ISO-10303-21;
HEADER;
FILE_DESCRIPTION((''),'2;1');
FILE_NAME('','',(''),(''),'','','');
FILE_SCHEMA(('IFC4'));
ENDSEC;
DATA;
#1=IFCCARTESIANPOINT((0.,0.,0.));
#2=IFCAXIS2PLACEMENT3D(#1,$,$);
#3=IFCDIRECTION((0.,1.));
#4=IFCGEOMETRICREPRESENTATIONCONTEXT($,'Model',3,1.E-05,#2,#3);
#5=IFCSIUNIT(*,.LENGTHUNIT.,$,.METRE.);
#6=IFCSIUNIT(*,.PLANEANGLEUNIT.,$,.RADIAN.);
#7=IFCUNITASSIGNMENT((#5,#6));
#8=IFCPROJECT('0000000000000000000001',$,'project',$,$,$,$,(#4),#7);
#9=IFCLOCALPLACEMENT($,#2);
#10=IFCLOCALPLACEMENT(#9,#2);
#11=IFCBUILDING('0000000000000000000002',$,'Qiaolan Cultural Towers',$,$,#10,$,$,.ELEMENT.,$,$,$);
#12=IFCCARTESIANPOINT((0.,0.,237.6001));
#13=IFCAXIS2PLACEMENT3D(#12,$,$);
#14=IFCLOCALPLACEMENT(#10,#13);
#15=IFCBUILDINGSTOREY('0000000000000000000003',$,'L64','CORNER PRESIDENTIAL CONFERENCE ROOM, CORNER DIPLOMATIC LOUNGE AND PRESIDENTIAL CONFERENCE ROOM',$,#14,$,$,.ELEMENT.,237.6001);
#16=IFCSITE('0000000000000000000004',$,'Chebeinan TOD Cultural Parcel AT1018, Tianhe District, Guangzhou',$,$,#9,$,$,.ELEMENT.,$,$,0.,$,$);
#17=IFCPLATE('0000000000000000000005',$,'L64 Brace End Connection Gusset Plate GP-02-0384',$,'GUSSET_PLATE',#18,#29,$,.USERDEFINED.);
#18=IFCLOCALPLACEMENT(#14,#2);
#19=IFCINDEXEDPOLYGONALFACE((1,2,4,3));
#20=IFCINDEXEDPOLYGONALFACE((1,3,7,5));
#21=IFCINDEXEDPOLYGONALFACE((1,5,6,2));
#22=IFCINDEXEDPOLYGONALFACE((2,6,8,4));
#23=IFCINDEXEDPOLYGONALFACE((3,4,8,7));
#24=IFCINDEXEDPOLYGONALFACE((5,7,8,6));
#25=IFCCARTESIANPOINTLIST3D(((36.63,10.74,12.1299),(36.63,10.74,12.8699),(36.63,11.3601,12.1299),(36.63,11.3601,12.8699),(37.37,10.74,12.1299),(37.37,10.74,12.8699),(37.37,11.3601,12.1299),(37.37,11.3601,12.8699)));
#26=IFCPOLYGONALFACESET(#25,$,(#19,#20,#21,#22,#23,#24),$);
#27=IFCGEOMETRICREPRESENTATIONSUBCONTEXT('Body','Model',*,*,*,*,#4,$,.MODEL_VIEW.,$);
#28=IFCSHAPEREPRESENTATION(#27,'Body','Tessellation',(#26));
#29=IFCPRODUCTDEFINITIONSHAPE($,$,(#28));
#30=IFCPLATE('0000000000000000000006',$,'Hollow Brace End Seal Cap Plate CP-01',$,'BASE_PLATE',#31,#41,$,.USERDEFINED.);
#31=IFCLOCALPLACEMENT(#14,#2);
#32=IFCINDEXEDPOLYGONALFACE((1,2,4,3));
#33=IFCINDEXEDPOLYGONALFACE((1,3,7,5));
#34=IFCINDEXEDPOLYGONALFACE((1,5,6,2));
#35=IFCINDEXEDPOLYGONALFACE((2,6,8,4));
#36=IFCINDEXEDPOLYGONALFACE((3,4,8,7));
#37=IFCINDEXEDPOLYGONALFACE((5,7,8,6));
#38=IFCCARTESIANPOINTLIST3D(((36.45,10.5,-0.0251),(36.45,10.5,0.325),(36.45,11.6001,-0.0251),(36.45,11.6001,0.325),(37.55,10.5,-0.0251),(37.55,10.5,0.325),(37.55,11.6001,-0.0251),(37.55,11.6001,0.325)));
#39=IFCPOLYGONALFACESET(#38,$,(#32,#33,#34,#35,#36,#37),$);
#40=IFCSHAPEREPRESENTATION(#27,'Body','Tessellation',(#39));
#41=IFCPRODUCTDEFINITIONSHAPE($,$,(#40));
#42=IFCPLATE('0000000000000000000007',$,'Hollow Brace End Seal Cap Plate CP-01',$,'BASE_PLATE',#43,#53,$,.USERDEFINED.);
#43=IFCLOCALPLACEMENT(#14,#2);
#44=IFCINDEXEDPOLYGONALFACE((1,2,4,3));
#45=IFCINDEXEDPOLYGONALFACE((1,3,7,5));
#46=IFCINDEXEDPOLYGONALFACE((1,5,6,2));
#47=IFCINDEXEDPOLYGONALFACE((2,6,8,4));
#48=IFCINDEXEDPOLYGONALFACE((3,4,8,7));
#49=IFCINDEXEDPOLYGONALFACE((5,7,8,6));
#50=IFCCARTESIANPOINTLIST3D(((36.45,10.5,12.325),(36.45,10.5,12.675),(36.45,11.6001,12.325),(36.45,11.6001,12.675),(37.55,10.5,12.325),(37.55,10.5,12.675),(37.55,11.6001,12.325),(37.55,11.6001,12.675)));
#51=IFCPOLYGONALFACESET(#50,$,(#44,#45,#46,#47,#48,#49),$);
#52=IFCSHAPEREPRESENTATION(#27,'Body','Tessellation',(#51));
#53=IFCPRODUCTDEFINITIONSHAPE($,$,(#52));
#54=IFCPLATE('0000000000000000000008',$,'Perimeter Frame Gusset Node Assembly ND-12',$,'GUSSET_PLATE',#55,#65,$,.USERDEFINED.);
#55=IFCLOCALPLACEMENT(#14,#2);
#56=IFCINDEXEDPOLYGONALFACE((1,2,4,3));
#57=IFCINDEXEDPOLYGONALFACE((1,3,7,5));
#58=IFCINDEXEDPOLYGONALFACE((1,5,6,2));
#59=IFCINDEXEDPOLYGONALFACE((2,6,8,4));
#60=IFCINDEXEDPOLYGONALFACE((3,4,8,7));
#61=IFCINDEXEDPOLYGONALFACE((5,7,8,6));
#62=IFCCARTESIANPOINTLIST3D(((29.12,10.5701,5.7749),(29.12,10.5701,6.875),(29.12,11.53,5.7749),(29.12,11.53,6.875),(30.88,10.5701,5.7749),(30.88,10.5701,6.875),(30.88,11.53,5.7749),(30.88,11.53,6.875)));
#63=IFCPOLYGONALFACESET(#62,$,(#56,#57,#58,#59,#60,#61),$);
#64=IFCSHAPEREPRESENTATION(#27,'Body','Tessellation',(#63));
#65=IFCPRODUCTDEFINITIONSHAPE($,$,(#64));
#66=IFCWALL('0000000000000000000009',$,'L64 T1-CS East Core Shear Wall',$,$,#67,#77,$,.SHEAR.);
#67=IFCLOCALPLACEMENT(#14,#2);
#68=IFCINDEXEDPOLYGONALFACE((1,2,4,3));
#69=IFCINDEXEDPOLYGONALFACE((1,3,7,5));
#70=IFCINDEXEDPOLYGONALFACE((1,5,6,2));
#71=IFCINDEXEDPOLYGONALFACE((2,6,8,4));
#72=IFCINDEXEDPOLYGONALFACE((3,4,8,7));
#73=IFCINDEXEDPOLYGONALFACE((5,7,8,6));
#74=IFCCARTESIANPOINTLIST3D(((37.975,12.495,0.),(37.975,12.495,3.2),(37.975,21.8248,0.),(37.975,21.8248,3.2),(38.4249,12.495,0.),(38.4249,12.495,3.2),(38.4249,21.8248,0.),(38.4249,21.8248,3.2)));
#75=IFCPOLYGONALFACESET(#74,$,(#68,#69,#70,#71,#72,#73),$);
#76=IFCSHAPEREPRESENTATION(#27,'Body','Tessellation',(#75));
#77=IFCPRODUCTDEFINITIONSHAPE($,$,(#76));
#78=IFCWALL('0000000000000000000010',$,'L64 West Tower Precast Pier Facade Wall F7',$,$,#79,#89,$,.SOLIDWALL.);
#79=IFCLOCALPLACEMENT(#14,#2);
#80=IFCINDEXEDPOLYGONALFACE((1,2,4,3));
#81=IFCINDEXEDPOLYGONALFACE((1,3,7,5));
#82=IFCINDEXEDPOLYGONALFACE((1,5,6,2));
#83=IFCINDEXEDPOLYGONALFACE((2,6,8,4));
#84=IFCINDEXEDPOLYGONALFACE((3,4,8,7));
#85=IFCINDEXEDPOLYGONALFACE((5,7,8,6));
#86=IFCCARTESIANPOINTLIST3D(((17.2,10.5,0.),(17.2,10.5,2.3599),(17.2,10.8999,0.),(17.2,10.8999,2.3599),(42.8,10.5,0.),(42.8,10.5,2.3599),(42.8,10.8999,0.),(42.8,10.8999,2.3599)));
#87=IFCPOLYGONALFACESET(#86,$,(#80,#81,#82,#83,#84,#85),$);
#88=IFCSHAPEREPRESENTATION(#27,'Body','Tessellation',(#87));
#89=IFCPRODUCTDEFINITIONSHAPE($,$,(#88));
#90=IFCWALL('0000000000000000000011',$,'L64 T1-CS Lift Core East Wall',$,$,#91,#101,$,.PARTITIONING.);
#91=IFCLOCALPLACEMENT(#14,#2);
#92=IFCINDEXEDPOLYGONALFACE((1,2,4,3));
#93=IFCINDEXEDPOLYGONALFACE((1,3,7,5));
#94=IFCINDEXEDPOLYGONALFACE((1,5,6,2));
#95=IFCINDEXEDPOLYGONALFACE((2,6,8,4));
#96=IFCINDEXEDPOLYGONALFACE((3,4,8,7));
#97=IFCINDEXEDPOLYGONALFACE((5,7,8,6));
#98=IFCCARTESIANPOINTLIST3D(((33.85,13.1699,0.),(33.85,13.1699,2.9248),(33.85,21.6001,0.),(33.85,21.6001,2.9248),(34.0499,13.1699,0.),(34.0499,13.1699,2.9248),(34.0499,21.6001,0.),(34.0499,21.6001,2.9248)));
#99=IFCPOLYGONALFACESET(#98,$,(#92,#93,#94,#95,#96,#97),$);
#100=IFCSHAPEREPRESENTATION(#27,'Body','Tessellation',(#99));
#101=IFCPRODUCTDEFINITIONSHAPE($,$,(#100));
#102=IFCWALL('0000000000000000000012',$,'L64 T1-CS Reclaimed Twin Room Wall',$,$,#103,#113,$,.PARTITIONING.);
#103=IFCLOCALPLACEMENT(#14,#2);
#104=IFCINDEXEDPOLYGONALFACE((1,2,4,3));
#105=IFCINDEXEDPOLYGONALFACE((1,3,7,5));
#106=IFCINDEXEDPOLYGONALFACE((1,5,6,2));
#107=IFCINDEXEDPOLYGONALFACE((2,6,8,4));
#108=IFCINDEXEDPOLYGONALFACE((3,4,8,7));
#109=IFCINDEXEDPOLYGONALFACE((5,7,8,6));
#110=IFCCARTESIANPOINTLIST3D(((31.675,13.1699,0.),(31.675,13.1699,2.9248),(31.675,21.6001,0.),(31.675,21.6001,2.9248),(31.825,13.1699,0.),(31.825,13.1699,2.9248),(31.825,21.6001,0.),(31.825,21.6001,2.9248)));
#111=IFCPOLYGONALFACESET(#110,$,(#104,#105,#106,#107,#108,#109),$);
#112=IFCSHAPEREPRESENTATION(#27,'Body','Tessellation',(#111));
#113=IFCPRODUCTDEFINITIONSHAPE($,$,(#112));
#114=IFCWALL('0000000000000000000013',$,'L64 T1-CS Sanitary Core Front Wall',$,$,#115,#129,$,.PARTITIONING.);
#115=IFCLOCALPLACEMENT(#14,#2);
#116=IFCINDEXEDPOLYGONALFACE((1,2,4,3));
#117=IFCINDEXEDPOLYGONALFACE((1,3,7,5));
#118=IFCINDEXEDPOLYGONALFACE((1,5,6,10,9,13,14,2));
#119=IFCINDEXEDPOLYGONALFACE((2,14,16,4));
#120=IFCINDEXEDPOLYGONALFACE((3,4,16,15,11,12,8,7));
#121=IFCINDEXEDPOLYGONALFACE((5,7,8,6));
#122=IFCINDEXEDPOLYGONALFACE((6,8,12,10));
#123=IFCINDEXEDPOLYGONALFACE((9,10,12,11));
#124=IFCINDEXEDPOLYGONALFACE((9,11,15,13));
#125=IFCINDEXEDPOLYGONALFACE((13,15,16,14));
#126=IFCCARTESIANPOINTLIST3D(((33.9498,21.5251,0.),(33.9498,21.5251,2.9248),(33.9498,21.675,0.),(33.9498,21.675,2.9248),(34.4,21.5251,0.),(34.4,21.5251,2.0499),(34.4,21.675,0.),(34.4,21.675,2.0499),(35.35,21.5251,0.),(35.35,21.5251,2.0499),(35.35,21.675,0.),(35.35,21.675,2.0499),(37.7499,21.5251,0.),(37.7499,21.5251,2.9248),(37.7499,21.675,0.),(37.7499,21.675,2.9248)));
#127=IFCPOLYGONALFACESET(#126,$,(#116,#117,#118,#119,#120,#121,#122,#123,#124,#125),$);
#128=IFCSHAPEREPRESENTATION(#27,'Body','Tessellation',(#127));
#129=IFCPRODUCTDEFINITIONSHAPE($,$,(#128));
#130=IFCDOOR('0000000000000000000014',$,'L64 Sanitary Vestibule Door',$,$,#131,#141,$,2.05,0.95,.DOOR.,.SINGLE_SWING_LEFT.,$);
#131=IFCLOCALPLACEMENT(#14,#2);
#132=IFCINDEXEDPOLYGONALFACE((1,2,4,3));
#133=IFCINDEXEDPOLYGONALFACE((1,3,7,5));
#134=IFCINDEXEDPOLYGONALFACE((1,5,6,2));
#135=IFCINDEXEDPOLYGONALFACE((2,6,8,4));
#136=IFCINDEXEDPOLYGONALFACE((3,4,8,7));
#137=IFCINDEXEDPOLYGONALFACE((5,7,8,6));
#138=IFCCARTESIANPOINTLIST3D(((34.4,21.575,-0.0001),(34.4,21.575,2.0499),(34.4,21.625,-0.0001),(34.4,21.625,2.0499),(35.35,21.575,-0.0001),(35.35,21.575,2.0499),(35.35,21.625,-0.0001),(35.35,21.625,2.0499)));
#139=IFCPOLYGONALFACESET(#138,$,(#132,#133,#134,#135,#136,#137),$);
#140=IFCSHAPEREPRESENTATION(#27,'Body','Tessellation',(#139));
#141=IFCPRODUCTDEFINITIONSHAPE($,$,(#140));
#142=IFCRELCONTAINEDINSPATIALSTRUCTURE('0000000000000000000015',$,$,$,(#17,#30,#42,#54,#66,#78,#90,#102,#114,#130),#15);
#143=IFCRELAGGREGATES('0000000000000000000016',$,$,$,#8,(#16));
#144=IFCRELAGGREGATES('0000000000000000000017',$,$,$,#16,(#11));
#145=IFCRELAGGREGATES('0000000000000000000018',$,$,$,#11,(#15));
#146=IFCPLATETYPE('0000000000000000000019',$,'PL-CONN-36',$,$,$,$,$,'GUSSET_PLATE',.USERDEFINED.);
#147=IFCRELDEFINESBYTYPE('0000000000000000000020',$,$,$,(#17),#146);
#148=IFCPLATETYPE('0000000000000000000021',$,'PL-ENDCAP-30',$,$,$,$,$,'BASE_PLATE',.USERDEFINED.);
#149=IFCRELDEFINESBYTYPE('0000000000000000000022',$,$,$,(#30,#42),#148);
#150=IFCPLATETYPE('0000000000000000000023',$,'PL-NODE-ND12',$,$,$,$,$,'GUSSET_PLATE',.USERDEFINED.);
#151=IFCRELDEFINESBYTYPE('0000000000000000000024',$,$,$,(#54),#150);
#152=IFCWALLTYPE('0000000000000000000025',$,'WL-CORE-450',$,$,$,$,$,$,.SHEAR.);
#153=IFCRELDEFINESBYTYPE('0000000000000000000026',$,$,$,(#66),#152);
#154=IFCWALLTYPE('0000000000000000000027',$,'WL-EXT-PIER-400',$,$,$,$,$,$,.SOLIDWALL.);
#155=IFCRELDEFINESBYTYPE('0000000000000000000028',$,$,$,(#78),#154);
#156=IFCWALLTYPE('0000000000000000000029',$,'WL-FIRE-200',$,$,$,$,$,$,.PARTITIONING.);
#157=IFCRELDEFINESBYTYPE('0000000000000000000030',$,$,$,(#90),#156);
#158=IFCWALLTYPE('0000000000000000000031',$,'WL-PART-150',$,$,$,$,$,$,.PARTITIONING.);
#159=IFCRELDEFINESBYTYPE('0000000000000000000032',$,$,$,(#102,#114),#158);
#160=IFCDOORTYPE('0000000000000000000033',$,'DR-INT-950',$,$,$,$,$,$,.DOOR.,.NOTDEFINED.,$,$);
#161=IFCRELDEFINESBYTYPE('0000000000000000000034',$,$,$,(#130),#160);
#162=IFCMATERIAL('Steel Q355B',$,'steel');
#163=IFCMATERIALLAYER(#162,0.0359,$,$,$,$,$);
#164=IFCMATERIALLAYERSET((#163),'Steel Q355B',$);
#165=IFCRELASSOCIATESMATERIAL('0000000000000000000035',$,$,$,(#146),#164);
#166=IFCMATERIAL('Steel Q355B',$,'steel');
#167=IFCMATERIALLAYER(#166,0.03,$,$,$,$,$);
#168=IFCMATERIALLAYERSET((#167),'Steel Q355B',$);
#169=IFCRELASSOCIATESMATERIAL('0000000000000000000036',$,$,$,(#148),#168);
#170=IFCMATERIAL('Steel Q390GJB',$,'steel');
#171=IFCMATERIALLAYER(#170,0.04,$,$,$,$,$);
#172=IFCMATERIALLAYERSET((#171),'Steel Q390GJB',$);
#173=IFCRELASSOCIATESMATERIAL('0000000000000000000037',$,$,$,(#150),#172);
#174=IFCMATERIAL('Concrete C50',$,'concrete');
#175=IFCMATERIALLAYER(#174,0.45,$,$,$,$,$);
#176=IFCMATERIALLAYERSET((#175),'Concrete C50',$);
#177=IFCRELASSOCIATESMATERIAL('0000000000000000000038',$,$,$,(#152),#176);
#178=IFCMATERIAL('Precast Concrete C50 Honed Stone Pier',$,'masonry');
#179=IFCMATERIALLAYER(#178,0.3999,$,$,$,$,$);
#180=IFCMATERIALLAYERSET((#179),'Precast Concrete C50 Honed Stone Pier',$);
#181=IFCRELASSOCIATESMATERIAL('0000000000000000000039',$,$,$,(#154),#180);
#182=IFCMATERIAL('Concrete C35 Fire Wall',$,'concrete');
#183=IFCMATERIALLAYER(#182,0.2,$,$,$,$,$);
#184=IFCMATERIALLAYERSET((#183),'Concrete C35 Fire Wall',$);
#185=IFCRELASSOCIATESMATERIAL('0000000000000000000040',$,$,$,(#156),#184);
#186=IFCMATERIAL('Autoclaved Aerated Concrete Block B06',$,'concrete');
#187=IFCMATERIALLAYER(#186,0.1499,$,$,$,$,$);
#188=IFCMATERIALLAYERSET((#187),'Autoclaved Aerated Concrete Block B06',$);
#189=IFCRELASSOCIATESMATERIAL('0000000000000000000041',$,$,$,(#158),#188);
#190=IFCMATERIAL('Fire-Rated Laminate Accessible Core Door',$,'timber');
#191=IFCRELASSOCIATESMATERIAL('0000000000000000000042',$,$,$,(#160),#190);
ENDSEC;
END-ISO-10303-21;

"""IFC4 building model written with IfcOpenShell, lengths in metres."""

from ifc_helpers import new_model, si_unit, direction, frame, frame_2d, origin, origin_2d, place, context, subcontext, project, spatial, rectangle, extrude, material, layer, layer_set, type_object, element, fill, save


model = new_model("IFC4")

# Units and contexts
model_context = context("Model", 3, precision=1e-05, world=origin(), true_north=direction((0.0, 1.0)))
body_context = subcontext(model_context, "Body", "Model", "MODEL_VIEW")
ifc_project = project(units=[si_unit("LENGTHUNIT", "METRE"), si_unit("PLANEANGLEUNIT", "RADIAN")], contexts=[model_context])

# Site, building, storey
site_placement = place(None, origin())
site = spatial("IfcSite", under=ifc_project, at=site_placement, Name="Chebeinan TOD Cultural Parcel AT1018, Tianhe District, Guangzhou", CompositionType="ELEMENT", RefElevation=0.0)
building_placement = place(site_placement, origin())
building = spatial("IfcBuilding", under=site, at=building_placement, Name="Qiaolan Cultural Towers", CompositionType="ELEMENT")
storey_placement = place(building_placement, frame((0.0, 0.0, 237.6001)))
storey = spatial("IfcBuildingStorey", under=building, at=storey_placement, Name="L64", Description="CORNER PRESIDENTIAL CONFERENCE ROOM, CORNER DIPLOMATIC LOUNGE AND PRESIDENTIAL CONFERENCE ROOM", CompositionType="ELEMENT", Elevation=237.6001)

# Plates
ifc_material_1 = material(Name="Steel Q355B", Category="steel")
ifc_layer_1 = layer(ifc_material_1, 0.0359)
ifc_layer_set_1 = layer_set([ifc_layer_1], Name="Steel Q355B")
plate_type_1 = type_object("IfcPlateType", Name="PL-CONN-36", ElementType="GUSSET_PLATE", PredefinedType="USERDEFINED", material=ifc_layer_set_1)
plate_1_placement = place(storey_placement, frame((37.0, 11.05, 12.1299), z_axis=(0.0, 0.0, 1.0), x_axis=(1.0, 0.0, 0.0)))
element("IfcPlate", 1, at=plate_1_placement, inside=storey, type_object=plate_type_1, Name="L64 Brace End Connection Gusset Plate GP-02-0384", ObjectType="GUSSET_PLATE", PredefinedType="USERDEFINED", context=body_context, shape_type="SweptSolid", body=[
    extrude(rectangle(XDim=0.74, YDim=0.6201, at=origin_2d()), origin(), (0.0, 0.0, 1.0), 0.74),
])
ifc_material_2 = material(Name="Steel Q355B", Category="steel")
ifc_layer_2 = layer(ifc_material_2, 0.03)
ifc_layer_set_2 = layer_set([ifc_layer_2], Name="Steel Q355B")
plate_type_2 = type_object("IfcPlateType", Name="PL-ENDCAP-30", ElementType="BASE_PLATE", PredefinedType="USERDEFINED", material=ifc_layer_set_2)
for number, where, z_axis, x_axis, name in (
    (2, (37.0, 11.05, -0.0251), (0.0, 0.0, 1.0), (1.0, 0.0, 0.0), "Hollow Brace End Seal Cap Plate CP-01"),
    (3, (37.0, 11.05, 12.325), (0.0, 0.0, 1.0), (1.0, 0.0, 0.0), "Hollow Brace End Seal Cap Plate CP-01"),
):
    element("IfcPlate", number, at=place(storey_placement, frame(where, z_axis=z_axis, x_axis=x_axis)), inside=storey, type_object=plate_type_2, Name=name, ObjectType="BASE_PLATE", PredefinedType="USERDEFINED", context=body_context, shape_type="SweptSolid", body=[
        extrude(rectangle(XDim=1.1001, YDim=1.1001, at=origin_2d()), origin(), (0.0, 0.0, 1.0), 0.3501),
    ])
ifc_material_3 = material(Name="Steel Q390GJB", Category="steel")
ifc_layer_3 = layer(ifc_material_3, 0.04)
ifc_layer_set_3 = layer_set([ifc_layer_3], Name="Steel Q390GJB")
plate_type_3 = type_object("IfcPlateType", Name="PL-NODE-ND12", ElementType="GUSSET_PLATE", PredefinedType="USERDEFINED", material=ifc_layer_set_3)
plate_2_placement = place(storey_placement, frame((30.0, 11.05, 5.7749), z_axis=(0.0, 0.0, 1.0), x_axis=(1.0, 0.0, 0.0)))
element("IfcPlate", 4, at=plate_2_placement, inside=storey, type_object=plate_type_3, Name="Perimeter Frame Gusset Node Assembly ND-12", ObjectType="GUSSET_PLATE", PredefinedType="USERDEFINED", context=body_context, shape_type="SweptSolid", body=[
    extrude(rectangle(XDim=1.76, YDim=0.96, at=origin_2d()), origin(), (0.0, 0.0, 1.0), 1.1001),
])

# Walls
ifc_material_4 = material(Name="Concrete C50", Category="concrete")
ifc_layer_4 = layer(ifc_material_4, 0.45)
ifc_layer_set_4 = layer_set([ifc_layer_4], Name="Concrete C50")
wall_type_1 = type_object("IfcWallType", Name="WL-CORE-450", PredefinedType="SHEAR", material=ifc_layer_set_4)
wall_1_placement = place(storey_placement, frame((38.2, 21.825, 0.0), z_axis=(0.0, 0.0, 1.0), x_axis=(0.0, -1.0, 0.0)))
element("IfcWall", 5, at=wall_1_placement, inside=storey, type_object=wall_type_1, Name="L64 T1-CS East Core Shear Wall", PredefinedType="SHEAR", context=body_context, shape_type="SweptSolid", body=[
    extrude(rectangle(XDim=9.3298, YDim=0.45, at=frame_2d((4.665, 0.0))), origin(), (0.0, 0.0, 1.0), 3.2),
])
ifc_material_5 = material(Name="Precast Concrete C50 Honed Stone Pier", Category="masonry")
ifc_layer_5 = layer(ifc_material_5, 0.3999)
ifc_layer_set_5 = layer_set([ifc_layer_5], Name="Precast Concrete C50 Honed Stone Pier")
wall_type_2 = type_object("IfcWallType", Name="WL-EXT-PIER-400", PredefinedType="SOLIDWALL", material=ifc_layer_set_5)
wall_2_placement = place(storey_placement, frame((42.8, 10.7, 0.0), z_axis=(0.0, 0.0, 1.0), x_axis=(-1.0, 0.0, 0.0)))
element("IfcWall", 6, at=wall_2_placement, inside=storey, type_object=wall_type_2, Name="L64 West Tower Precast Pier Facade Wall F7", PredefinedType="SOLIDWALL", context=body_context, shape_type="SweptSolid", body=[
    extrude(rectangle(XDim=25.6001, YDim=0.3999, at=frame_2d((12.8, 0.0))), origin(), (0.0, 0.0, 1.0), 2.3599),
])
ifc_material_6 = material(Name="Concrete C35 Fire Wall", Category="concrete")
ifc_layer_6 = layer(ifc_material_6, 0.2)
ifc_layer_set_6 = layer_set([ifc_layer_6], Name="Concrete C35 Fire Wall")
wall_type_3 = type_object("IfcWallType", Name="WL-FIRE-200", PredefinedType="PARTITIONING", material=ifc_layer_set_6)
wall_3_placement = place(storey_placement, frame((33.95, 21.6001, 0.0), z_axis=(0.0, 0.0, 1.0), x_axis=(0.0, -1.0, 0.0)))
element("IfcWall", 7, at=wall_3_placement, inside=storey, type_object=wall_type_3, Name="L64 T1-CS Lift Core East Wall", PredefinedType="PARTITIONING", context=body_context, shape_type="SweptSolid", body=[
    extrude(rectangle(XDim=8.4302, YDim=0.2, at=frame_2d((4.2151, 0.0))), origin(), (0.0, 0.0, 1.0), 2.9248),
])
ifc_material_7 = material(Name="Autoclaved Aerated Concrete Block B06", Category="concrete")
ifc_layer_7 = layer(ifc_material_7, 0.1499)
ifc_layer_set_7 = layer_set([ifc_layer_7], Name="Autoclaved Aerated Concrete Block B06")
wall_type_4 = type_object("IfcWallType", Name="WL-PART-150", PredefinedType="PARTITIONING", material=ifc_layer_set_7)
wall_4_placement = place(storey_placement, frame((31.75, 21.6001, 0.0), z_axis=(0.0, 0.0, 1.0), x_axis=(0.0, -1.0, 0.0)))
element("IfcWall", 8, at=wall_4_placement, inside=storey, type_object=wall_type_4, Name="L64 T1-CS Reclaimed Twin Room Wall", PredefinedType="PARTITIONING", context=body_context, shape_type="SweptSolid", body=[
    extrude(rectangle(XDim=8.4302, YDim=0.1499, at=frame_2d((4.2151, 0.0))), origin(), (0.0, 0.0, 1.0), 2.9248),
])

# Wall, opening, door
wall_5_placement = place(storey_placement, frame((33.95, 21.6001, 0.0), z_axis=(0.0, 0.0, 1.0), x_axis=(1.0, 0.0, 0.0)))
wall_5 = element("IfcWall", 9, at=wall_5_placement, inside=storey, type_object=wall_type_4, Name="L64 T1-CS Sanitary Core Front Wall", PredefinedType="PARTITIONING", context=body_context, shape_type="SweptSolid", body=[
    extrude(rectangle(XDim=3.8, YDim=0.1499, at=frame_2d((1.8999, 0.0))), origin(), (0.0, 0.0, 1.0), 2.9248),
])
opening_1_placement = place(wall_5_placement, frame((0.45, 0.0, 0.0)))
opening_1 = element("IfcOpeningElement", 10, at=opening_1_placement, cuts=wall_5, PredefinedType="OPENING", context=body_context, shape_type="SweptSolid", body=[
    extrude(rectangle(XDim=0.95, YDim=2.05, at=frame_2d((0.4751, 1.0249))), frame((0.0, 0.085, 0.0), z_axis=(0.0, -1.0, 0.0), x_axis=(1.0, 0.0, 0.0)), (0.0, 0.0, 1.0), 0.1699),
])
ifc_material_8 = material(Name="Fire-Rated Laminate Accessible Core Door", Category="timber")
door_type_1 = type_object("IfcDoorType", Name="DR-INT-950", OperationType="NOTDEFINED", PredefinedType="DOOR", material=ifc_material_8)
door_1_placement = place(opening_1_placement, origin())
door_1 = element("IfcDoor", 11, at=door_1_placement, inside=storey, type_object=door_type_1, Name="L64 Sanitary Vestibule Door", OperationType="SINGLE_SWING_LEFT", OverallHeight=2.05, OverallWidth=0.95, PredefinedType="DOOR", context=body_context, shape_type="SweptSolid", body=[
    extrude(rectangle(XDim=0.95, YDim=2.05, at=frame_2d((0.4751, 1.0249))), frame((0.0, 0.0249, 0.0), z_axis=(0.0, -1.0, 0.0), x_axis=(1.0, 0.0, 0.0)), (0.0, 0.0, 1.0), 0.05),
])
fill(opening_1, door_1)

save(model, "model.ifc")
